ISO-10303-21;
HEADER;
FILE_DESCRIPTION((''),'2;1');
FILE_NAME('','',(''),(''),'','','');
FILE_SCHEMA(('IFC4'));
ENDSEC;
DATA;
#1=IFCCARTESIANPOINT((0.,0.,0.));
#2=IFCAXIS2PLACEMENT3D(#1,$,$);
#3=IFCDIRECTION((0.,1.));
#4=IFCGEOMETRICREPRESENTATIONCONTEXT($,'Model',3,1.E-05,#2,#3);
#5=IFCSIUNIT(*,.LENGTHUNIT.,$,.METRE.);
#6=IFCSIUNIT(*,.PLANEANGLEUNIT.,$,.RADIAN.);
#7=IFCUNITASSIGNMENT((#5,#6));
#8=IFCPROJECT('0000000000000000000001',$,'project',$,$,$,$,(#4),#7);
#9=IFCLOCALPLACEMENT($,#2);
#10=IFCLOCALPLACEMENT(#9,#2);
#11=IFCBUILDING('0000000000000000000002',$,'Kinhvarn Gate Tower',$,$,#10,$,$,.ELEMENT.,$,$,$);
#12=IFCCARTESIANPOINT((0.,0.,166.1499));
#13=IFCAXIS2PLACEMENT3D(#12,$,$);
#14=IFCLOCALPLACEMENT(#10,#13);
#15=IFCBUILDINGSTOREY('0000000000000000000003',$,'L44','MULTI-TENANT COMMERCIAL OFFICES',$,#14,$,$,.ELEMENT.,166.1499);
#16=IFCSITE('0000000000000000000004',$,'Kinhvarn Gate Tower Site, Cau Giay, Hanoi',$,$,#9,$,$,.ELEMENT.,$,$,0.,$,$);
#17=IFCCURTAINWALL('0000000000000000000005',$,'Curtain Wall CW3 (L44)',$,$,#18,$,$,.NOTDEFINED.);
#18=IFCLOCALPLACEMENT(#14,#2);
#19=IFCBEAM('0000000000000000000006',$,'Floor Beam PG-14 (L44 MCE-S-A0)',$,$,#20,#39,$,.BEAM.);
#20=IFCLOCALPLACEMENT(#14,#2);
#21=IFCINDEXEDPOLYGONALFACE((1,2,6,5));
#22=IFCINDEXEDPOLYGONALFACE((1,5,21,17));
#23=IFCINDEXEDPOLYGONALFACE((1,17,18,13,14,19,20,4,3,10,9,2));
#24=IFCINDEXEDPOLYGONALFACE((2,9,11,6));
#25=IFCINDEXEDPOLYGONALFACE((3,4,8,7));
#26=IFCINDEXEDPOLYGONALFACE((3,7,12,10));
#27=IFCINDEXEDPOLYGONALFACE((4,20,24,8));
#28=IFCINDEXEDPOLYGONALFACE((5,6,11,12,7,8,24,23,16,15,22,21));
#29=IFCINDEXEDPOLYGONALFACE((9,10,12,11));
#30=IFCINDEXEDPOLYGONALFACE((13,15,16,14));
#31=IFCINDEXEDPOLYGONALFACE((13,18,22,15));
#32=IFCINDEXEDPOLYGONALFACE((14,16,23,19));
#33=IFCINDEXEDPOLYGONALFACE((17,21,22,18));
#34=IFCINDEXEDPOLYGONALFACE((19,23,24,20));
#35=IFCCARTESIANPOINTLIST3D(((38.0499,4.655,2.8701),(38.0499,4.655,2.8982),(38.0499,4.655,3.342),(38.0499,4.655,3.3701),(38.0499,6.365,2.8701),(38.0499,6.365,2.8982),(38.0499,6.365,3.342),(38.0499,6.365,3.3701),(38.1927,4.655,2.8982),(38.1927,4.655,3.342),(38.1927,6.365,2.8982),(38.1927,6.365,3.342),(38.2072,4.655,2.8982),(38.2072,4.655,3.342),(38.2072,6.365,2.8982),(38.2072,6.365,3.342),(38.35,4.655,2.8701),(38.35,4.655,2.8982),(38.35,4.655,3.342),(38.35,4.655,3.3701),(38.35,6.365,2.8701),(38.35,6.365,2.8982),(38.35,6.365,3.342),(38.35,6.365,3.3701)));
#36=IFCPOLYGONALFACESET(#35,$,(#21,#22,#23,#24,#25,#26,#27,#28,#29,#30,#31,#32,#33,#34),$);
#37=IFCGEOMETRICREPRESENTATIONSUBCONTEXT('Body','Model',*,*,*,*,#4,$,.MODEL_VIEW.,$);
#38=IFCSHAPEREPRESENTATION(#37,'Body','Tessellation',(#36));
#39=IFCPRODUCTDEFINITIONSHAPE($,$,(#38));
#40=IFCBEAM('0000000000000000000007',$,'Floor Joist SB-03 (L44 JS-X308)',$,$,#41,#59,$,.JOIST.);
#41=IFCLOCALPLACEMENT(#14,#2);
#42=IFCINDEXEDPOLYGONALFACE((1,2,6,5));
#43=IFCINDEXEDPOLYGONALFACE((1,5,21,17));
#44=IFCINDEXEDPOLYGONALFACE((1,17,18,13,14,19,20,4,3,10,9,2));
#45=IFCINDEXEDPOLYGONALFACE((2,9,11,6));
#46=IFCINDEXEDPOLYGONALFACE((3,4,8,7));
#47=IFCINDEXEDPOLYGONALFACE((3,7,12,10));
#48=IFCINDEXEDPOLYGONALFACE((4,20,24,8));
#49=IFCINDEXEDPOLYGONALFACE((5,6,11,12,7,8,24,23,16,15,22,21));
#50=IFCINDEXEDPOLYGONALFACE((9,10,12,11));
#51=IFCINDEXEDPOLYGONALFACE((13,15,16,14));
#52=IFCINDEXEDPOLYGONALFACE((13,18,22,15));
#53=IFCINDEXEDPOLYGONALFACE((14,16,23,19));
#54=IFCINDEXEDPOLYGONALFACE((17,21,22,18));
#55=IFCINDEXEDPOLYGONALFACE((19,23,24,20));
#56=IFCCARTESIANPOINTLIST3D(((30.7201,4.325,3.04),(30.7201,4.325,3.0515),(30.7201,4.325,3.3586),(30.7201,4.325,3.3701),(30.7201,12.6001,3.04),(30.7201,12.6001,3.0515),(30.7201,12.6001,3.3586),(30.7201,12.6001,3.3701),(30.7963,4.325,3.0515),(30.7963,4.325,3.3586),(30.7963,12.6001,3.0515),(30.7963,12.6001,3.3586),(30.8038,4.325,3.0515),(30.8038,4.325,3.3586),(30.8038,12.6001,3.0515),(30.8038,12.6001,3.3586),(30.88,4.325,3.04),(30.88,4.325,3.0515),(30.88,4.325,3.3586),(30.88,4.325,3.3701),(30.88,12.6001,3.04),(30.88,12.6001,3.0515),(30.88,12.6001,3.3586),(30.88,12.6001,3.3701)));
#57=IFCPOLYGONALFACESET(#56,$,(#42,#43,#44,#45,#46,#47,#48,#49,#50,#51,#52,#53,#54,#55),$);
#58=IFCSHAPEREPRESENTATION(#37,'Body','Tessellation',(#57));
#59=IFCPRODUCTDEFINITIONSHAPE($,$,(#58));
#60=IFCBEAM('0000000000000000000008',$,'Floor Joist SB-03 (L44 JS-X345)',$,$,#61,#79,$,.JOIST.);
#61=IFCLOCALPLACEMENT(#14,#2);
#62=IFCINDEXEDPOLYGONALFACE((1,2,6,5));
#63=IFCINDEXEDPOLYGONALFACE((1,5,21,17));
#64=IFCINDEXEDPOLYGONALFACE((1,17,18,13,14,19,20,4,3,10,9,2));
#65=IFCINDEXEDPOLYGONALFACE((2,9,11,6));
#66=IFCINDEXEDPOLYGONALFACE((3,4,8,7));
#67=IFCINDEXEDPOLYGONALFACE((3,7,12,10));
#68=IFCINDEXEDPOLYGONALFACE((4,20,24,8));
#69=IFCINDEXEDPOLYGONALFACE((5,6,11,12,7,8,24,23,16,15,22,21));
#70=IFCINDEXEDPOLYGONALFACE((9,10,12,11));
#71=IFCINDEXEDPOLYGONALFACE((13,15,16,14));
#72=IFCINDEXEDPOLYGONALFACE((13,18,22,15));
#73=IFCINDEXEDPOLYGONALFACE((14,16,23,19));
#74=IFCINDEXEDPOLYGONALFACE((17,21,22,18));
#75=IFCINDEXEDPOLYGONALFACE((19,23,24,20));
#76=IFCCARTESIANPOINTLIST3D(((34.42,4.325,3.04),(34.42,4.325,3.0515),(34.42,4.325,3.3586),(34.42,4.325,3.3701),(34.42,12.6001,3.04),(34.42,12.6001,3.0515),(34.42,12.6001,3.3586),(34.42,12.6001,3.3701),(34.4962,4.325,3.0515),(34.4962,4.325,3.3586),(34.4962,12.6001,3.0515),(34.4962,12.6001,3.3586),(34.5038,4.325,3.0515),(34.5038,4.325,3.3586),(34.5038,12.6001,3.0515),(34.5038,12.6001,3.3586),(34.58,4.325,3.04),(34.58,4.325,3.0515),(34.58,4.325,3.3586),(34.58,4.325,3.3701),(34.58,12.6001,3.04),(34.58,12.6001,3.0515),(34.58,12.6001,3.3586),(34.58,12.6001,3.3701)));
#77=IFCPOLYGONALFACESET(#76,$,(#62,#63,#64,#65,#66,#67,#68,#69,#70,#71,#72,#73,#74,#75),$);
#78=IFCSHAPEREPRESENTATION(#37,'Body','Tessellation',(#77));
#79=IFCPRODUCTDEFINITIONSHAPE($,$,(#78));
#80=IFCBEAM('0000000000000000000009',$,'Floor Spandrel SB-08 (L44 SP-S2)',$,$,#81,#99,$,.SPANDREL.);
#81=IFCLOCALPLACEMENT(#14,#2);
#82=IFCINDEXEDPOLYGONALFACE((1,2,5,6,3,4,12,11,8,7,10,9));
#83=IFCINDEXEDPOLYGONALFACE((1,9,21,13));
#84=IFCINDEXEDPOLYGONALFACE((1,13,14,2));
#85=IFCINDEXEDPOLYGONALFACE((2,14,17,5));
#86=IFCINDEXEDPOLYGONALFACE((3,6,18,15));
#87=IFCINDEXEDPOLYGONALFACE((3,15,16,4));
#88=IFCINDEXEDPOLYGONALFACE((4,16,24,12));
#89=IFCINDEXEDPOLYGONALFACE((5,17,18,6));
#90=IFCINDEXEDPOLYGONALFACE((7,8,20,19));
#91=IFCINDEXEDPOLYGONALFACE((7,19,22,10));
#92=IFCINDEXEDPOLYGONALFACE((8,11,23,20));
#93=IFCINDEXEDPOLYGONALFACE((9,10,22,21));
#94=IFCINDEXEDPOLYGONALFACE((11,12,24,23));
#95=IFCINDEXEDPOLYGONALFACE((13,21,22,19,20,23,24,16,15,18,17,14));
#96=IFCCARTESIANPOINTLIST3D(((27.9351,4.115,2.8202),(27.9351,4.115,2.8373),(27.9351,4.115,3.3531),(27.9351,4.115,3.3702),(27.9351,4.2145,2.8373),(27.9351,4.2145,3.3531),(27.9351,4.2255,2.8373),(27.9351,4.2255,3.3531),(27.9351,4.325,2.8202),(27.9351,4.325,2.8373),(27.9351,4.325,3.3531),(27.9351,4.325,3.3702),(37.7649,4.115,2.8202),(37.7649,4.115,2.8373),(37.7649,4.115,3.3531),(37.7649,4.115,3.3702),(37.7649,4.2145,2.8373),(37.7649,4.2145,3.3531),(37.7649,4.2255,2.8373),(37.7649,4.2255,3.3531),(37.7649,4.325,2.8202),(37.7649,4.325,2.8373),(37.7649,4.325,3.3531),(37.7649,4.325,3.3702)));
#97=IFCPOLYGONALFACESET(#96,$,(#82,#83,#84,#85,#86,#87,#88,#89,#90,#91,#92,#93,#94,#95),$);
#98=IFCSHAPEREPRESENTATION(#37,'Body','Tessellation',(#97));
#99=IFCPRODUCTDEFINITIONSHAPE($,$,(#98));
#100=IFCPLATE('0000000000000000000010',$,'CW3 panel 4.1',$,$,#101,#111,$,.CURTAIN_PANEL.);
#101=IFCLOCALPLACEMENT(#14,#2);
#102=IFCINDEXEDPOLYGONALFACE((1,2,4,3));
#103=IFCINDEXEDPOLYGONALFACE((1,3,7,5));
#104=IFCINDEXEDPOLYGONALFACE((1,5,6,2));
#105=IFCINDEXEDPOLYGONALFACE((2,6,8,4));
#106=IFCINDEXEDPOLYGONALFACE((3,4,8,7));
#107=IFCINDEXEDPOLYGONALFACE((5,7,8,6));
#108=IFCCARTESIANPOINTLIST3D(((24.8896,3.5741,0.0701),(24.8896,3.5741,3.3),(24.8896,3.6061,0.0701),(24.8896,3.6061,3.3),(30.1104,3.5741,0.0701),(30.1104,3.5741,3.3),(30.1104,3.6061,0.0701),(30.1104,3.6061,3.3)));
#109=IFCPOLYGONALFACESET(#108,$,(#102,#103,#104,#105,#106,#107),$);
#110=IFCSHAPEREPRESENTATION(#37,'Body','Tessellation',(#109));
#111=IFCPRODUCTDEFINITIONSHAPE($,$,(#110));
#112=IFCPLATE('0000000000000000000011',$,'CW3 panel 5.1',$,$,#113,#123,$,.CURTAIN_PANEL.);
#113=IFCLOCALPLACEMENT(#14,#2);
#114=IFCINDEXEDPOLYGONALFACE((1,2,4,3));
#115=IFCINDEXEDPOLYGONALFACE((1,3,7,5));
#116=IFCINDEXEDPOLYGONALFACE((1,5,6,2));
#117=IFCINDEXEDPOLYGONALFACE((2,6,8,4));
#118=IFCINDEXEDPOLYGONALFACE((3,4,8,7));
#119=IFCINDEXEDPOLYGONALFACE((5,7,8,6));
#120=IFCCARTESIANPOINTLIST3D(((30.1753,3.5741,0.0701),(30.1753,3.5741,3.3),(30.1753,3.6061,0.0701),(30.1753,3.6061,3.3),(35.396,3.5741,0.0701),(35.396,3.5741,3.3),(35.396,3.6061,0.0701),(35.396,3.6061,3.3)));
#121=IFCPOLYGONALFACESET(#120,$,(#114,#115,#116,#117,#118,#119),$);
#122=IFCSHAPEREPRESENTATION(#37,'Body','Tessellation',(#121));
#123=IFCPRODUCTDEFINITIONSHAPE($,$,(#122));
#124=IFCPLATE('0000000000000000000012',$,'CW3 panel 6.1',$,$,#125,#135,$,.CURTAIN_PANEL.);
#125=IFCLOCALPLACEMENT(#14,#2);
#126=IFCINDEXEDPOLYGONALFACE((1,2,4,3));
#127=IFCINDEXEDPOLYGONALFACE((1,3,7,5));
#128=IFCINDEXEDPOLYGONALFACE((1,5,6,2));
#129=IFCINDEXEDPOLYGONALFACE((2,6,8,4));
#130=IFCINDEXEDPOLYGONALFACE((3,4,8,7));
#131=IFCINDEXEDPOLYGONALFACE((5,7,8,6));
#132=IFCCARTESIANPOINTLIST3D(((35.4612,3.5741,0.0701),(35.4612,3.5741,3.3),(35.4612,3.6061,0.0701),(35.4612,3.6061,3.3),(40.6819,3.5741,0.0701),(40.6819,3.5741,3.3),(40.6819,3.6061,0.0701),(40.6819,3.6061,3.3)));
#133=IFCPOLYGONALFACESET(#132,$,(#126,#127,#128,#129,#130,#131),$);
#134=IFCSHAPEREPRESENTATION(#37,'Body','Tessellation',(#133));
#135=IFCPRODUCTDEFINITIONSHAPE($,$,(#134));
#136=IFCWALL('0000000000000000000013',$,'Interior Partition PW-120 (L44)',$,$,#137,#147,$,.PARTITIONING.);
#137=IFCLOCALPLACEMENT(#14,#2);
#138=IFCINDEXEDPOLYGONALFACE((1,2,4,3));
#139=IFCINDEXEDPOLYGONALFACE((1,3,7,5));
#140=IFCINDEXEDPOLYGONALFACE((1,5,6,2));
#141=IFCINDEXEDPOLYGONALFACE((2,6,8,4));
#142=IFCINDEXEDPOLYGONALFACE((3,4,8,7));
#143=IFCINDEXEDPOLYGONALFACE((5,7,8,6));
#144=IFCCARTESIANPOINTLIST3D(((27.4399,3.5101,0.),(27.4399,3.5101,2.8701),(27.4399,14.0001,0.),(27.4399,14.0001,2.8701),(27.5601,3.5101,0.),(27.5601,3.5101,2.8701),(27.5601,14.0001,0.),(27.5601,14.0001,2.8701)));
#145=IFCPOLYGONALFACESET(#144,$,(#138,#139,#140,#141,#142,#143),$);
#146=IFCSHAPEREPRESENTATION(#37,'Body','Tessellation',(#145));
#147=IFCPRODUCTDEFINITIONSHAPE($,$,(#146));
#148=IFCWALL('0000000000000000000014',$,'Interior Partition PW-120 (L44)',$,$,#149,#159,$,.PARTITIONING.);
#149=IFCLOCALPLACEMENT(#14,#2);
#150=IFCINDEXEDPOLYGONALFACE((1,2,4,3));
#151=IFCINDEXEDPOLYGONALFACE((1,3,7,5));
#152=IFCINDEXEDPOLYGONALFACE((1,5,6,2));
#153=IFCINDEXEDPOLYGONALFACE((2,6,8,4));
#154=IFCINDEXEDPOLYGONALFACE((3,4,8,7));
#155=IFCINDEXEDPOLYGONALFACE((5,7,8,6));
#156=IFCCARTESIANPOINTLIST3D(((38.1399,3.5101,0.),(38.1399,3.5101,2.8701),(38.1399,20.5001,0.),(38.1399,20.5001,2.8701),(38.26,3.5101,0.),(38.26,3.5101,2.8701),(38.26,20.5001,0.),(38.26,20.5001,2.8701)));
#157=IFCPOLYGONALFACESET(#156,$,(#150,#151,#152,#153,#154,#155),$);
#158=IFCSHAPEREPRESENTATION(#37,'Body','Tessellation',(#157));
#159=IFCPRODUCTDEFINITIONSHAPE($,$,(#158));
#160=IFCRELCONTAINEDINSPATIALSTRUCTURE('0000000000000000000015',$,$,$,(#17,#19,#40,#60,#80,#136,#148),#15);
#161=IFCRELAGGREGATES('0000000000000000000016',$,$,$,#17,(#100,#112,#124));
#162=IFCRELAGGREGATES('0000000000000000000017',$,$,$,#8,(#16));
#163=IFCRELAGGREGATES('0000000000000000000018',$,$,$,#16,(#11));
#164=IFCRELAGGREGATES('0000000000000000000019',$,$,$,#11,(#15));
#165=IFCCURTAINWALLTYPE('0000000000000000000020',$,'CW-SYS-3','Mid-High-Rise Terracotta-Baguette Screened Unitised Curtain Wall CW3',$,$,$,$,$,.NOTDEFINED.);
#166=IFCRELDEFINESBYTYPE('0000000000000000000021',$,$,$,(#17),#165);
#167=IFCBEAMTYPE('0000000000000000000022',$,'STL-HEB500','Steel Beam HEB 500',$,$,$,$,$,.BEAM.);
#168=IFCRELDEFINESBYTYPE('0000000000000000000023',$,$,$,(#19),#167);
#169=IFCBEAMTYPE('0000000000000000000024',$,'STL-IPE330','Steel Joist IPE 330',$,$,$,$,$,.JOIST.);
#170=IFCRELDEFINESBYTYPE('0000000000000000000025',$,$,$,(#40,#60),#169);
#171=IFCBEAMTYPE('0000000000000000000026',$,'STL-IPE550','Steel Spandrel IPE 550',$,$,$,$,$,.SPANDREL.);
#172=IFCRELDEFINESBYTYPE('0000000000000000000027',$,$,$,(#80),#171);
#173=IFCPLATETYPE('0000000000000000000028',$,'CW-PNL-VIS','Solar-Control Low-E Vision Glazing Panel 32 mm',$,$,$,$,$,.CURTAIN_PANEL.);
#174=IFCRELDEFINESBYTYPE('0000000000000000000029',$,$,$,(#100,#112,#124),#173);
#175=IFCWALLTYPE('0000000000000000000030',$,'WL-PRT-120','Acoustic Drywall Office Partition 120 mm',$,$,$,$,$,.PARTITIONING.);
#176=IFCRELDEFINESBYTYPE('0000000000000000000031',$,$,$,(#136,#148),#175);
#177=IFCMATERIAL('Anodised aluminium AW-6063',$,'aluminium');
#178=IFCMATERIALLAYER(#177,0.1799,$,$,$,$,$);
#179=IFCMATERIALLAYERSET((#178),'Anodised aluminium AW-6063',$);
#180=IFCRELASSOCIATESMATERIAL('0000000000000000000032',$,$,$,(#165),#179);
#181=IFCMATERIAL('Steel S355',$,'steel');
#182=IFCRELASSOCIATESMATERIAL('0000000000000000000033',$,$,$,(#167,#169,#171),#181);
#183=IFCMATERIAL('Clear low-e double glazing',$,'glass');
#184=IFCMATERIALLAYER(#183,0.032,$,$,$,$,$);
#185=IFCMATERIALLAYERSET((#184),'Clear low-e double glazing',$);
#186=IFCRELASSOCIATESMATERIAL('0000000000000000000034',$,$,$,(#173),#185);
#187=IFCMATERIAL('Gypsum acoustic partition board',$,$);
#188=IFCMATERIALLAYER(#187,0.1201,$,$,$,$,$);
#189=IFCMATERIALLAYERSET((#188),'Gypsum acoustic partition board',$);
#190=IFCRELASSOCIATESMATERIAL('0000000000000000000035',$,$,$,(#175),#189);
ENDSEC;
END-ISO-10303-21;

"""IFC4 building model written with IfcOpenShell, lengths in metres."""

from ifc_helpers import new_model, si_unit, direction, frame, frame_2d, origin, origin_2d, place, context, subcontext, project, spatial, rectangle, i_section, extrude, material, layer, layer_set, material_profile, profile_set, type_object, element, aggregate, save


model = new_model("IFC4")

# Units and contexts
model_context = context("Model", 3, precision=1e-05, world=origin(), true_north=direction((0.0, 1.0)))
body_context = subcontext(model_context, "Body", "Model", "MODEL_VIEW")
ifc_project = project(units=[si_unit("LENGTHUNIT", "METRE"), si_unit("PLANEANGLEUNIT", "RADIAN")], contexts=[model_context])

# Site, building, storey
site_placement = place(None, origin())
site = spatial("IfcSite", under=ifc_project, at=site_placement, Name="Kinhvarn Gate Tower Site, Cau Giay, Hanoi", CompositionType="ELEMENT", RefElevation=0.0)
building_placement = place(site_placement, origin())
building = spatial("IfcBuilding", under=site, at=building_placement, Name="Kinhvarn Gate Tower", CompositionType="ELEMENT")
storey_placement = place(building_placement, frame((0.0, 0.0, 166.1499)))
storey = spatial("IfcBuildingStorey", under=building, at=storey_placement, Name="L44", Description="MULTI-TENANT COMMERCIAL OFFICES", CompositionType="ELEMENT", Elevation=166.1499)

# Curtain wall
ifc_material_1 = material(Name="Anodised aluminium AW-6063", Category="aluminium")
ifc_layer_1 = layer(ifc_material_1, 0.1799)
ifc_layer_set_1 = layer_set([ifc_layer_1], Name="Anodised aluminium AW-6063")
curtain_wall_type = type_object("IfcCurtainWallType", Name="CW-SYS-3", Description="Mid-High-Rise Terracotta-Baguette Screened Unitised Curtain Wall CW3", PredefinedType="NOTDEFINED", material=ifc_layer_set_1)
curtain_wall_placement = place(storey_placement, origin())
curtain_wall = element("IfcCurtainWall", 1, at=curtain_wall_placement, inside=storey, type_object=curtain_wall_type, Name="Curtain Wall CW3 (L44)", PredefinedType="NOTDEFINED")

# Beams
ifc_material_2 = material(Name="Steel S355", Category="steel")
ifc_material_profile_1 = material_profile(ifc_material_2, i_section(OverallWidth=0.3, OverallDepth=0.5, WebThickness=0.0144, FlangeThickness=0.0281, at=origin_2d()), Name="HEB 500")
ifc_profile_set_1 = profile_set([ifc_material_profile_1], Name="Steel S355")
beam_type_1 = type_object("IfcBeamType", Name="STL-HEB500", Description="Steel Beam HEB 500", PredefinedType="BEAM", material=ifc_profile_set_1)
beam_1_placement = place(storey_placement, frame((38.2, 4.655, 3.1201), z_axis=(0.0, 1.0, 0.0), x_axis=(-1.0, 0.0, 0.0)))
element("IfcBeam", 2, at=beam_1_placement, inside=storey, type_object=beam_type_1, Name="Floor Beam PG-14 (L44 MCE-S-A0)", PredefinedType="BEAM", context=body_context, shape_type="SweptSolid", body=[
    extrude(i_section(OverallWidth=0.3, OverallDepth=0.5, WebThickness=0.0144, FlangeThickness=0.0281, at=origin_2d()), origin(), (0.0, 0.0, 1.0), 1.71),
])
ifc_material_profile_2 = material_profile(ifc_material_2, i_section(OverallWidth=0.1599, OverallDepth=0.3301, WebThickness=0.0076, FlangeThickness=0.0115, at=origin_2d()), Name="IPE 330")
ifc_profile_set_2 = profile_set([ifc_material_profile_2], Name="Steel S355")
beam_type_2 = type_object("IfcBeamType", Name="STL-IPE330", Description="Steel Joist IPE 330", PredefinedType="JOIST", material=ifc_profile_set_2)
for number, where, z_axis, x_axis, name in (
    (3, (30.8, 4.325, 3.2051), (0.0, 1.0, 0.0), (-1.0, 0.0, 0.0), "Floor Joist SB-03 (L44 JS-X308)"),
    (4, (34.5, 4.325, 3.2051), (0.0, 1.0, 0.0), (-1.0, 0.0, 0.0), "Floor Joist SB-03 (L44 JS-X345)"),
):
    element("IfcBeam", number, at=place(storey_placement, frame(where, z_axis=z_axis, x_axis=x_axis)), inside=storey, type_object=beam_type_2, Name=name, PredefinedType="JOIST", context=body_context, shape_type="SweptSolid", body=[
        extrude(i_section(OverallWidth=0.1599, OverallDepth=0.3301, WebThickness=0.0076, FlangeThickness=0.0115, at=origin_2d()), origin(), (0.0, 0.0, 1.0), 8.2751),
    ])
ifc_material_profile_3 = material_profile(ifc_material_2, i_section(OverallWidth=0.21, OverallDepth=0.55, WebThickness=0.011, FlangeThickness=0.0171, at=origin_2d()), Name="IPE 550")
ifc_profile_set_3 = profile_set([ifc_material_profile_3], Name="Steel S355")
beam_type_3 = type_object("IfcBeamType", Name="STL-IPE550", Description="Steel Spandrel IPE 550", PredefinedType="SPANDREL", material=ifc_profile_set_3)
beam_2_placement = place(storey_placement, frame((27.9351, 4.22, 3.0952), z_axis=(1.0, 0.0, 0.0), x_axis=(0.0, 1.0, 0.0)))
element("IfcBeam", 5, at=beam_2_placement, inside=storey, type_object=beam_type_3, Name="Floor Spandrel SB-08 (L44 SP-S2)", PredefinedType="SPANDREL", context=body_context, shape_type="SweptSolid", body=[
    extrude(i_section(OverallWidth=0.21, OverallDepth=0.55, WebThickness=0.011, FlangeThickness=0.0171, at=origin_2d()), origin(), (0.0, 0.0, 1.0), 9.8298),
])

# Plates
ifc_material_3 = material(Name="Clear low-e double glazing", Category="glass")
ifc_layer_2 = layer(ifc_material_3, 0.032)
ifc_layer_set_2 = layer_set([ifc_layer_2], Name="Clear low-e double glazing")
plate_type = type_object("IfcPlateType", Name="CW-PNL-VIS", Description="Solar-Control Low-E Vision Glazing Panel 32 mm", PredefinedType="CURTAIN_PANEL", material=ifc_layer_set_2)
plate_1_placement = place(storey_placement, frame((27.5, 3.5901, 0.0701), z_axis=(0.0, 0.0, 1.0), x_axis=(1.0, 0.0, 0.0)))
plate_1 = element("IfcPlate", 6, at=plate_1_placement, type_object=plate_type, Name="CW3 panel 4.1", PredefinedType="CURTAIN_PANEL", context=body_context, shape_type="SweptSolid", body=[
    extrude(rectangle(XDim=5.2207, YDim=0.032, at=origin_2d()), origin(), (0.0, 0.0, 1.0), 3.23),
])
plate_2_placement = place(storey_placement, frame((32.7856, 3.5901, 0.0701), z_axis=(0.0, 0.0, 1.0), x_axis=(1.0, 0.0, 0.0)))
plate_2 = element("IfcPlate", 7, at=plate_2_placement, type_object=plate_type, Name="CW3 panel 5.1", PredefinedType="CURTAIN_PANEL", context=body_context, shape_type="SweptSolid", body=[
    extrude(rectangle(XDim=5.2207, YDim=0.032, at=origin_2d()), origin(), (0.0, 0.0, 1.0), 3.23),
])
plate_3_placement = place(storey_placement, frame((38.0715, 3.5901, 0.0701), z_axis=(0.0, 0.0, 1.0), x_axis=(1.0, 0.0, 0.0)))
plate_3 = element("IfcPlate", 8, at=plate_3_placement, type_object=plate_type, Name="CW3 panel 6.1", PredefinedType="CURTAIN_PANEL", context=body_context, shape_type="SweptSolid", body=[
    extrude(rectangle(XDim=5.2207, YDim=0.032, at=origin_2d()), origin(), (0.0, 0.0, 1.0), 3.23),
])
aggregate(curtain_wall, [plate_1, plate_2, plate_3])

# Walls
ifc_material_4 = material(Name="Gypsum acoustic partition board")
ifc_layer_3 = layer(ifc_material_4, 0.1201)
ifc_layer_set_3 = layer_set([ifc_layer_3], Name="Gypsum acoustic partition board")
wall_type = type_object("IfcWallType", Name="WL-PRT-120", Description="Acoustic Drywall Office Partition 120 mm", PredefinedType="PARTITIONING", material=ifc_layer_set_3)
wall_1_placement = place(storey_placement, frame((27.5, 3.51, 0.0), z_axis=(0.0, 0.0, 1.0), x_axis=(0.0, 1.0, 0.0)))
element("IfcWall", 9, at=wall_1_placement, inside=storey, type_object=wall_type, Name="Interior Partition PW-120 (L44)", PredefinedType="PARTITIONING", context=body_context, shape_type="SweptSolid", body=[
    extrude(rectangle(XDim=10.49, YDim=0.1201, at=frame_2d((5.2451, 0.0))), origin(), (0.0, 0.0, 1.0), 2.8701),
])
wall_2_placement = place(storey_placement, frame((38.2, 3.51, 0.0), z_axis=(0.0, 0.0, 1.0), x_axis=(0.0, 1.0, 0.0)))
element("IfcWall", 10, at=wall_2_placement, inside=storey, type_object=wall_type, Name="Interior Partition PW-120 (L44)", PredefinedType="PARTITIONING", context=body_context, shape_type="SweptSolid", body=[
    extrude(rectangle(XDim=16.99, YDim=0.1201, at=frame_2d((8.4951, 0.0))), origin(), (0.0, 0.0, 1.0), 2.8701),
])

save(model, "model.ifc")
